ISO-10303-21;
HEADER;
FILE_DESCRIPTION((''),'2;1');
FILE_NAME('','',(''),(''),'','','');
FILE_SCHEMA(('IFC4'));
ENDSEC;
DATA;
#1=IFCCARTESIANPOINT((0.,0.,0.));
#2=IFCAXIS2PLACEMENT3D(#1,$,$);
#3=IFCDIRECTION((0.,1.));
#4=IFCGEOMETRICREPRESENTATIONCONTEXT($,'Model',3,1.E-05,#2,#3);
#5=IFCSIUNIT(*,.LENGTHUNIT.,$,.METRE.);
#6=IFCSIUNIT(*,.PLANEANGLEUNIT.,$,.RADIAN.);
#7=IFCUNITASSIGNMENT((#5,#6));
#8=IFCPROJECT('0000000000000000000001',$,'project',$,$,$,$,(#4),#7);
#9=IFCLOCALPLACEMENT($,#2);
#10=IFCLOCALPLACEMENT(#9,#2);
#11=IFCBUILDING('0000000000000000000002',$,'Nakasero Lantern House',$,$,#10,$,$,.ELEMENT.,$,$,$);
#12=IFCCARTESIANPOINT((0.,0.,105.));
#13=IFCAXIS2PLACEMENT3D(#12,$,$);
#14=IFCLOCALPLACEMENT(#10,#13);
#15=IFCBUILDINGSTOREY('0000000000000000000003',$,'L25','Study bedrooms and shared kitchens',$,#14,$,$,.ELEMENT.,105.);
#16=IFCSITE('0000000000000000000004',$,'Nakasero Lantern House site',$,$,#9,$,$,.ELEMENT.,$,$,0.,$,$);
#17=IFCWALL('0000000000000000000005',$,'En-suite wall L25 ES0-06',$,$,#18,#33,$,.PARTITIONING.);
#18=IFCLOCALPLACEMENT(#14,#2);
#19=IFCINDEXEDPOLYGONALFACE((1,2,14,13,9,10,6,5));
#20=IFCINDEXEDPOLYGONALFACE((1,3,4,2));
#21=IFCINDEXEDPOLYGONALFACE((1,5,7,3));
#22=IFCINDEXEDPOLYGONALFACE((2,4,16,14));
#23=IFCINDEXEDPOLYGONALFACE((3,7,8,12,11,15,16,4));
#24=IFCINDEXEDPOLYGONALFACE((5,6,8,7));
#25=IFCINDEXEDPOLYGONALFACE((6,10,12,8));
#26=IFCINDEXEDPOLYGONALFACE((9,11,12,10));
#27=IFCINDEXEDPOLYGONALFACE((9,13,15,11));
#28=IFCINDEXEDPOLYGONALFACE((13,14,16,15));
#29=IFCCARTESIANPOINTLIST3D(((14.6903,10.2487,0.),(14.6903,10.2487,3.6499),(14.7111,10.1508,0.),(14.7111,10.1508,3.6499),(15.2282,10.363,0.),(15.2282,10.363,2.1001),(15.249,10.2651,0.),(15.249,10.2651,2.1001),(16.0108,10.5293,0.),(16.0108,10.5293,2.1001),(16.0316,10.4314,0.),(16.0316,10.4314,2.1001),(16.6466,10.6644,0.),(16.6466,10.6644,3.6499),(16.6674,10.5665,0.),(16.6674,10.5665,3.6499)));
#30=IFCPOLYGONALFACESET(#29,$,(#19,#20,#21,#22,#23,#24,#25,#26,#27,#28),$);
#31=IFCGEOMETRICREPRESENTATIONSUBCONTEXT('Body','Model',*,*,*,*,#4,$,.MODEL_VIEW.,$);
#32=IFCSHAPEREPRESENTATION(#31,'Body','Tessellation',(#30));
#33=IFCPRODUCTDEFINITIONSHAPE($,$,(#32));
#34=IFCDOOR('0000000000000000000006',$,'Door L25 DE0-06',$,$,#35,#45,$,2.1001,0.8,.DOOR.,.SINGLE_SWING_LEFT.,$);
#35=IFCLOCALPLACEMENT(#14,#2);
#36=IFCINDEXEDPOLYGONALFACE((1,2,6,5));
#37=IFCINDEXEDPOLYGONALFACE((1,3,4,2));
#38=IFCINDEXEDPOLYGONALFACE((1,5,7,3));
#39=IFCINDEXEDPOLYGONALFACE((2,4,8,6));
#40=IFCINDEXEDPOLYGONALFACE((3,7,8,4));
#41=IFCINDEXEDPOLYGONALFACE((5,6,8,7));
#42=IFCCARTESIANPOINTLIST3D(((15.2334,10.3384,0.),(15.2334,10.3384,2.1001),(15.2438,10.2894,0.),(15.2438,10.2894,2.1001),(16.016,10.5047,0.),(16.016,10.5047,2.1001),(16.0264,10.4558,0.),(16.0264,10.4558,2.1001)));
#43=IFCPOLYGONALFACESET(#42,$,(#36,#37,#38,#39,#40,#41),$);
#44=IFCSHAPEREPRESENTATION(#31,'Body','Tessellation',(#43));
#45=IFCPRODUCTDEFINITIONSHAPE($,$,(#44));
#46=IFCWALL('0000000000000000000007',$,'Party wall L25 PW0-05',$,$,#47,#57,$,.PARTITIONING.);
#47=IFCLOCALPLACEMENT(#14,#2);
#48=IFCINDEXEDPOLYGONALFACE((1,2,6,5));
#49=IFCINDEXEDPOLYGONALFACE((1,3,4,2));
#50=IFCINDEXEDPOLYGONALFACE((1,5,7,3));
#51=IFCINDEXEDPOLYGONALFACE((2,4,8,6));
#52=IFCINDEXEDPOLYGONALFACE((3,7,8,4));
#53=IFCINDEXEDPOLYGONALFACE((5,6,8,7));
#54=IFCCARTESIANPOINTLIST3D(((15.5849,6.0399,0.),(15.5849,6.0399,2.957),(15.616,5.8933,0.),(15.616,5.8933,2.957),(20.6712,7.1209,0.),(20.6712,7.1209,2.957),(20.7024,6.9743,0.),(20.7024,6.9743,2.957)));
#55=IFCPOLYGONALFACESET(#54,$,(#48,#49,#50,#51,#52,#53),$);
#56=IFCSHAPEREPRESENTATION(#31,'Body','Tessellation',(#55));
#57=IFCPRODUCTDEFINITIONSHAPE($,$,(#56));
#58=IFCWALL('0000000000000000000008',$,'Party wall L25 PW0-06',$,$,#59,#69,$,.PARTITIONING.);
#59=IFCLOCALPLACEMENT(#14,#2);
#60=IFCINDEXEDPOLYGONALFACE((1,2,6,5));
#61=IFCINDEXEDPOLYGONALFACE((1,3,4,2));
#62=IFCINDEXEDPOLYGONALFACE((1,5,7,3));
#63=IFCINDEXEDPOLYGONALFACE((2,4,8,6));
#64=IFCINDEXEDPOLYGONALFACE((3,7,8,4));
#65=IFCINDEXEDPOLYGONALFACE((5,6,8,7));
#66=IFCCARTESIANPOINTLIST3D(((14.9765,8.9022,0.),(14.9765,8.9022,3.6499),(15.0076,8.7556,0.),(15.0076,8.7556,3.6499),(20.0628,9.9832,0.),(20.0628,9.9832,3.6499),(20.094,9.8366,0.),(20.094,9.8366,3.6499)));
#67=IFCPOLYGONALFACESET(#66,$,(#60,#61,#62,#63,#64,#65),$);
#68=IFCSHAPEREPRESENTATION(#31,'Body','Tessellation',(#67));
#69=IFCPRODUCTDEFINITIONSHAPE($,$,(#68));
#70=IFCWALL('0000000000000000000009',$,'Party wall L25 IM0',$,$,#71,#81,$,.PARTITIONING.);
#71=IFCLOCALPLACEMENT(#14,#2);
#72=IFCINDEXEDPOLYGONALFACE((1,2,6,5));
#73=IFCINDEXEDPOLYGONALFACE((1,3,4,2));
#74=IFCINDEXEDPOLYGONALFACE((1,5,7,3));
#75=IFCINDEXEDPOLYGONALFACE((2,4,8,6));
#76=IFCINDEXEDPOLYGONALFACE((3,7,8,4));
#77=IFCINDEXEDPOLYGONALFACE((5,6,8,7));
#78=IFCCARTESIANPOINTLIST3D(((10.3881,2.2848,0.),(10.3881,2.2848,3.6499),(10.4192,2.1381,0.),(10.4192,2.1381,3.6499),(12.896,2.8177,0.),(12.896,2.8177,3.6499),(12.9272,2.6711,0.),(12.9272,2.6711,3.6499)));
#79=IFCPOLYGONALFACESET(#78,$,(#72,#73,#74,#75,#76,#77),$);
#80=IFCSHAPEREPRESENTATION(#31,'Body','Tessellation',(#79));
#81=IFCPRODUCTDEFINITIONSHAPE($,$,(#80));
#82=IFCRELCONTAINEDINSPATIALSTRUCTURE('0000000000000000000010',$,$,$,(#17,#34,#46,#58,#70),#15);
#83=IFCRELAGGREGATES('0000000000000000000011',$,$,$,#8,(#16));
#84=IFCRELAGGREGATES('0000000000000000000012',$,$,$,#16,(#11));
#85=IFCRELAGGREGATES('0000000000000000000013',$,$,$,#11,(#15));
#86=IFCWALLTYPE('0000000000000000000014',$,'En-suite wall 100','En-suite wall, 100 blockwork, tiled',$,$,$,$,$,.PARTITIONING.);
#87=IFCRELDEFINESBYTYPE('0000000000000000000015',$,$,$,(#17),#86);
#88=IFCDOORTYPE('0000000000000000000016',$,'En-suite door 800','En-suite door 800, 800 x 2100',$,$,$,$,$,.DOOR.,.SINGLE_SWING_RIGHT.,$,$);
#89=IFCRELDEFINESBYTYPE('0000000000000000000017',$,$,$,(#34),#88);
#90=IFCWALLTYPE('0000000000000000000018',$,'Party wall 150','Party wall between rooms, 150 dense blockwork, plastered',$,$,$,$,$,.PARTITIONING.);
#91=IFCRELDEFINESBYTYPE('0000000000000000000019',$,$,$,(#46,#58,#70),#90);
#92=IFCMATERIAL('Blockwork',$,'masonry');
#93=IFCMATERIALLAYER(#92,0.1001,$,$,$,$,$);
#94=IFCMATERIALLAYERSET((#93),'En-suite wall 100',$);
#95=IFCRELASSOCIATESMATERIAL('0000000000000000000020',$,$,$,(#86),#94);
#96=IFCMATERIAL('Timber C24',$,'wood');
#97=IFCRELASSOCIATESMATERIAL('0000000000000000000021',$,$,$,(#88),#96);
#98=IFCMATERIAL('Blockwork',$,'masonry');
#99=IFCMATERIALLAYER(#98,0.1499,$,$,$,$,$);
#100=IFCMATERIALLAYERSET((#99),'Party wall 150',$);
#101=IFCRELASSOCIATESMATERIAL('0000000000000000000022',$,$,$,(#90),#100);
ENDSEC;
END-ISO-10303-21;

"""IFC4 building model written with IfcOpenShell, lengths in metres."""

from ifc_helpers import new_model, si_unit, direction, frame, frame_2d, origin, place, context, subcontext, project, spatial, rectangle, extrude, material, layer, layer_set, type_object, element, fill, save


model = new_model("IFC4")

# Units and contexts
model_context = context("Model", 3, precision=1e-05, world=origin(), true_north=direction((0.0, 1.0)))
body_context = subcontext(model_context, "Body", "Model", "MODEL_VIEW")
ifc_project = project(units=[si_unit("LENGTHUNIT", "METRE"), si_unit("PLANEANGLEUNIT", "RADIAN")], contexts=[model_context])

# Site, building, storey
site_placement = place(None, origin())
site = spatial("IfcSite", under=ifc_project, at=site_placement, Name="Nakasero Lantern House site", CompositionType="ELEMENT", RefElevation=0.0)
building_placement = place(site_placement, origin())
building = spatial("IfcBuilding", under=site, at=building_placement, Name="Nakasero Lantern House", CompositionType="ELEMENT")
storey_placement = place(building_placement, frame((0.0, 0.0, 105.0)))
storey = spatial("IfcBuildingStorey", under=building, at=storey_placement, Name="L25", Description="Study bedrooms and shared kitchens", CompositionType="ELEMENT", Elevation=105.0)

# Shared definitions
ifc_material_1 = material(Name="Blockwork", Category="masonry")
ifc_layer_1 = layer(ifc_material_1, 0.1001)
ifc_layer_set_1 = layer_set([ifc_layer_1], Name="En-suite wall 100")
wall_type_1 = type_object("IfcWallType", Name="En-suite wall 100", Description="En-suite wall, 100 blockwork, tiled", PredefinedType="PARTITIONING", material=ifc_layer_set_1)

# Shared definitions
ifc_material_2 = material(Name="Timber C24", Category="wood")
door_type = type_object("IfcDoorType", Name="En-suite door 800", Description="En-suite door 800, 800 x 2100", OperationType="SINGLE_SWING_RIGHT", PredefinedType="DOOR", material=ifc_material_2)

# Wall, opening, door
wall_1_placement = place(storey_placement, frame((14.7007, 10.1997, 0.0), z_axis=(0.0, 0.0, 1.0), x_axis=(0.978153, 0.207886, 0.0)))
wall_1 = element("IfcWall", 1, at=wall_1_placement, inside=storey, type_object=wall_type_1, Name="En-suite wall L25 ES0-06", PredefinedType="PARTITIONING", context=body_context, shape_type="SweptSolid", body=[
    extrude(rectangle(XDim=2.0, YDim=0.1001, at=frame_2d((1.0, 0.0))), origin(), (0.0, 0.0, 1.0), 3.6499),
])
opening_1_placement = place(wall_1_placement, frame((0.55, 0.0, 0.0)))
opening_1 = element("IfcOpeningElement", 2, at=opening_1_placement, cuts=wall_1, PredefinedType="OPENING", context=body_context, shape_type="SweptSolid", body=[
    extrude(rectangle(XDim=0.8, YDim=2.1001, at=frame_2d((0.3999, 1.05))), frame((0.0, 0.0701, 0.0), z_axis=(0.0, -1.0, 0.0), x_axis=(1.0, 0.0, 0.0)), (0.0, 0.0, 1.0), 0.1401),
])
door_1_placement = place(opening_1_placement, origin())
door_1 = element("IfcDoor", 3, at=door_1_placement, inside=storey, type_object=door_type, Name="Door L25 DE0-06", OperationType="SINGLE_SWING_LEFT", OverallHeight=2.1001, OverallWidth=0.8, PredefinedType="DOOR", context=body_context, shape_type="SweptSolid", body=[
    extrude(rectangle(XDim=0.8, YDim=2.1001, at=frame_2d((0.3999, 1.05))), frame((0.0, 0.0249, 0.0), z_axis=(0.0, -1.0, 0.0), x_axis=(1.0, 0.0, 0.0)), (0.0, 0.0, 1.0), 0.05),
])
fill(opening_1, door_1)

# Walls
ifc_material_3 = material(Name="Blockwork", Category="masonry")
ifc_layer_2 = layer(ifc_material_3, 0.1499)
ifc_layer_set_2 = layer_set([ifc_layer_2], Name="Party wall 150")
wall_type_2 = type_object("IfcWallType", Name="Party wall 150", Description="Party wall between rooms, 150 dense blockwork, plastered", PredefinedType="PARTITIONING", material=ifc_layer_set_2)
wall_2_placement = place(storey_placement, frame((15.6003, 5.9666, 0.0), z_axis=(0.0, 0.0, 1.0), x_axis=(0.978151, 0.207894, 0.0)))
element("IfcWall", 4, at=wall_2_placement, inside=storey, type_object=wall_type_2, Name="Party wall L25 PW0-05", PredefinedType="PARTITIONING", context=body_context, shape_type="SweptSolid", body=[
    extrude(rectangle(XDim=5.2, YDim=0.1499, at=frame_2d((2.6001, 0.0))), origin(), (0.0, 0.0, 1.0), 2.957),
])
wall_3_placement = place(storey_placement, frame((14.9919, 8.8289, 0.0), z_axis=(0.0, 0.0, 1.0), x_axis=(0.978151, 0.207894, 0.0)))
element("IfcWall", 5, at=wall_3_placement, inside=storey, type_object=wall_type_2, Name="Party wall L25 PW0-06", PredefinedType="PARTITIONING", context=body_context, shape_type="SweptSolid", body=[
    extrude(rectangle(XDim=5.2, YDim=0.1499, at=frame_2d((2.6001, 0.0))), origin(), (0.0, 0.0, 1.0), 3.6499),
])
wall_4_placement = place(storey_placement, frame((12.9116, 2.7444, 0.0), z_axis=(0.0, 0.0, 1.0), x_axis=(-0.978159, -0.207858, 0.0)))
element("IfcWall", 6, at=wall_4_placement, inside=storey, type_object=wall_type_2, Name="Party wall L25 IM0", PredefinedType="PARTITIONING", context=body_context, shape_type="SweptSolid", body=[
    extrude(rectangle(XDim=2.564, YDim=0.1499, at=frame_2d((1.282, 0.0))), origin(), (0.0, 0.0, 1.0), 3.6499),
])

save(model, "model.ifc")
